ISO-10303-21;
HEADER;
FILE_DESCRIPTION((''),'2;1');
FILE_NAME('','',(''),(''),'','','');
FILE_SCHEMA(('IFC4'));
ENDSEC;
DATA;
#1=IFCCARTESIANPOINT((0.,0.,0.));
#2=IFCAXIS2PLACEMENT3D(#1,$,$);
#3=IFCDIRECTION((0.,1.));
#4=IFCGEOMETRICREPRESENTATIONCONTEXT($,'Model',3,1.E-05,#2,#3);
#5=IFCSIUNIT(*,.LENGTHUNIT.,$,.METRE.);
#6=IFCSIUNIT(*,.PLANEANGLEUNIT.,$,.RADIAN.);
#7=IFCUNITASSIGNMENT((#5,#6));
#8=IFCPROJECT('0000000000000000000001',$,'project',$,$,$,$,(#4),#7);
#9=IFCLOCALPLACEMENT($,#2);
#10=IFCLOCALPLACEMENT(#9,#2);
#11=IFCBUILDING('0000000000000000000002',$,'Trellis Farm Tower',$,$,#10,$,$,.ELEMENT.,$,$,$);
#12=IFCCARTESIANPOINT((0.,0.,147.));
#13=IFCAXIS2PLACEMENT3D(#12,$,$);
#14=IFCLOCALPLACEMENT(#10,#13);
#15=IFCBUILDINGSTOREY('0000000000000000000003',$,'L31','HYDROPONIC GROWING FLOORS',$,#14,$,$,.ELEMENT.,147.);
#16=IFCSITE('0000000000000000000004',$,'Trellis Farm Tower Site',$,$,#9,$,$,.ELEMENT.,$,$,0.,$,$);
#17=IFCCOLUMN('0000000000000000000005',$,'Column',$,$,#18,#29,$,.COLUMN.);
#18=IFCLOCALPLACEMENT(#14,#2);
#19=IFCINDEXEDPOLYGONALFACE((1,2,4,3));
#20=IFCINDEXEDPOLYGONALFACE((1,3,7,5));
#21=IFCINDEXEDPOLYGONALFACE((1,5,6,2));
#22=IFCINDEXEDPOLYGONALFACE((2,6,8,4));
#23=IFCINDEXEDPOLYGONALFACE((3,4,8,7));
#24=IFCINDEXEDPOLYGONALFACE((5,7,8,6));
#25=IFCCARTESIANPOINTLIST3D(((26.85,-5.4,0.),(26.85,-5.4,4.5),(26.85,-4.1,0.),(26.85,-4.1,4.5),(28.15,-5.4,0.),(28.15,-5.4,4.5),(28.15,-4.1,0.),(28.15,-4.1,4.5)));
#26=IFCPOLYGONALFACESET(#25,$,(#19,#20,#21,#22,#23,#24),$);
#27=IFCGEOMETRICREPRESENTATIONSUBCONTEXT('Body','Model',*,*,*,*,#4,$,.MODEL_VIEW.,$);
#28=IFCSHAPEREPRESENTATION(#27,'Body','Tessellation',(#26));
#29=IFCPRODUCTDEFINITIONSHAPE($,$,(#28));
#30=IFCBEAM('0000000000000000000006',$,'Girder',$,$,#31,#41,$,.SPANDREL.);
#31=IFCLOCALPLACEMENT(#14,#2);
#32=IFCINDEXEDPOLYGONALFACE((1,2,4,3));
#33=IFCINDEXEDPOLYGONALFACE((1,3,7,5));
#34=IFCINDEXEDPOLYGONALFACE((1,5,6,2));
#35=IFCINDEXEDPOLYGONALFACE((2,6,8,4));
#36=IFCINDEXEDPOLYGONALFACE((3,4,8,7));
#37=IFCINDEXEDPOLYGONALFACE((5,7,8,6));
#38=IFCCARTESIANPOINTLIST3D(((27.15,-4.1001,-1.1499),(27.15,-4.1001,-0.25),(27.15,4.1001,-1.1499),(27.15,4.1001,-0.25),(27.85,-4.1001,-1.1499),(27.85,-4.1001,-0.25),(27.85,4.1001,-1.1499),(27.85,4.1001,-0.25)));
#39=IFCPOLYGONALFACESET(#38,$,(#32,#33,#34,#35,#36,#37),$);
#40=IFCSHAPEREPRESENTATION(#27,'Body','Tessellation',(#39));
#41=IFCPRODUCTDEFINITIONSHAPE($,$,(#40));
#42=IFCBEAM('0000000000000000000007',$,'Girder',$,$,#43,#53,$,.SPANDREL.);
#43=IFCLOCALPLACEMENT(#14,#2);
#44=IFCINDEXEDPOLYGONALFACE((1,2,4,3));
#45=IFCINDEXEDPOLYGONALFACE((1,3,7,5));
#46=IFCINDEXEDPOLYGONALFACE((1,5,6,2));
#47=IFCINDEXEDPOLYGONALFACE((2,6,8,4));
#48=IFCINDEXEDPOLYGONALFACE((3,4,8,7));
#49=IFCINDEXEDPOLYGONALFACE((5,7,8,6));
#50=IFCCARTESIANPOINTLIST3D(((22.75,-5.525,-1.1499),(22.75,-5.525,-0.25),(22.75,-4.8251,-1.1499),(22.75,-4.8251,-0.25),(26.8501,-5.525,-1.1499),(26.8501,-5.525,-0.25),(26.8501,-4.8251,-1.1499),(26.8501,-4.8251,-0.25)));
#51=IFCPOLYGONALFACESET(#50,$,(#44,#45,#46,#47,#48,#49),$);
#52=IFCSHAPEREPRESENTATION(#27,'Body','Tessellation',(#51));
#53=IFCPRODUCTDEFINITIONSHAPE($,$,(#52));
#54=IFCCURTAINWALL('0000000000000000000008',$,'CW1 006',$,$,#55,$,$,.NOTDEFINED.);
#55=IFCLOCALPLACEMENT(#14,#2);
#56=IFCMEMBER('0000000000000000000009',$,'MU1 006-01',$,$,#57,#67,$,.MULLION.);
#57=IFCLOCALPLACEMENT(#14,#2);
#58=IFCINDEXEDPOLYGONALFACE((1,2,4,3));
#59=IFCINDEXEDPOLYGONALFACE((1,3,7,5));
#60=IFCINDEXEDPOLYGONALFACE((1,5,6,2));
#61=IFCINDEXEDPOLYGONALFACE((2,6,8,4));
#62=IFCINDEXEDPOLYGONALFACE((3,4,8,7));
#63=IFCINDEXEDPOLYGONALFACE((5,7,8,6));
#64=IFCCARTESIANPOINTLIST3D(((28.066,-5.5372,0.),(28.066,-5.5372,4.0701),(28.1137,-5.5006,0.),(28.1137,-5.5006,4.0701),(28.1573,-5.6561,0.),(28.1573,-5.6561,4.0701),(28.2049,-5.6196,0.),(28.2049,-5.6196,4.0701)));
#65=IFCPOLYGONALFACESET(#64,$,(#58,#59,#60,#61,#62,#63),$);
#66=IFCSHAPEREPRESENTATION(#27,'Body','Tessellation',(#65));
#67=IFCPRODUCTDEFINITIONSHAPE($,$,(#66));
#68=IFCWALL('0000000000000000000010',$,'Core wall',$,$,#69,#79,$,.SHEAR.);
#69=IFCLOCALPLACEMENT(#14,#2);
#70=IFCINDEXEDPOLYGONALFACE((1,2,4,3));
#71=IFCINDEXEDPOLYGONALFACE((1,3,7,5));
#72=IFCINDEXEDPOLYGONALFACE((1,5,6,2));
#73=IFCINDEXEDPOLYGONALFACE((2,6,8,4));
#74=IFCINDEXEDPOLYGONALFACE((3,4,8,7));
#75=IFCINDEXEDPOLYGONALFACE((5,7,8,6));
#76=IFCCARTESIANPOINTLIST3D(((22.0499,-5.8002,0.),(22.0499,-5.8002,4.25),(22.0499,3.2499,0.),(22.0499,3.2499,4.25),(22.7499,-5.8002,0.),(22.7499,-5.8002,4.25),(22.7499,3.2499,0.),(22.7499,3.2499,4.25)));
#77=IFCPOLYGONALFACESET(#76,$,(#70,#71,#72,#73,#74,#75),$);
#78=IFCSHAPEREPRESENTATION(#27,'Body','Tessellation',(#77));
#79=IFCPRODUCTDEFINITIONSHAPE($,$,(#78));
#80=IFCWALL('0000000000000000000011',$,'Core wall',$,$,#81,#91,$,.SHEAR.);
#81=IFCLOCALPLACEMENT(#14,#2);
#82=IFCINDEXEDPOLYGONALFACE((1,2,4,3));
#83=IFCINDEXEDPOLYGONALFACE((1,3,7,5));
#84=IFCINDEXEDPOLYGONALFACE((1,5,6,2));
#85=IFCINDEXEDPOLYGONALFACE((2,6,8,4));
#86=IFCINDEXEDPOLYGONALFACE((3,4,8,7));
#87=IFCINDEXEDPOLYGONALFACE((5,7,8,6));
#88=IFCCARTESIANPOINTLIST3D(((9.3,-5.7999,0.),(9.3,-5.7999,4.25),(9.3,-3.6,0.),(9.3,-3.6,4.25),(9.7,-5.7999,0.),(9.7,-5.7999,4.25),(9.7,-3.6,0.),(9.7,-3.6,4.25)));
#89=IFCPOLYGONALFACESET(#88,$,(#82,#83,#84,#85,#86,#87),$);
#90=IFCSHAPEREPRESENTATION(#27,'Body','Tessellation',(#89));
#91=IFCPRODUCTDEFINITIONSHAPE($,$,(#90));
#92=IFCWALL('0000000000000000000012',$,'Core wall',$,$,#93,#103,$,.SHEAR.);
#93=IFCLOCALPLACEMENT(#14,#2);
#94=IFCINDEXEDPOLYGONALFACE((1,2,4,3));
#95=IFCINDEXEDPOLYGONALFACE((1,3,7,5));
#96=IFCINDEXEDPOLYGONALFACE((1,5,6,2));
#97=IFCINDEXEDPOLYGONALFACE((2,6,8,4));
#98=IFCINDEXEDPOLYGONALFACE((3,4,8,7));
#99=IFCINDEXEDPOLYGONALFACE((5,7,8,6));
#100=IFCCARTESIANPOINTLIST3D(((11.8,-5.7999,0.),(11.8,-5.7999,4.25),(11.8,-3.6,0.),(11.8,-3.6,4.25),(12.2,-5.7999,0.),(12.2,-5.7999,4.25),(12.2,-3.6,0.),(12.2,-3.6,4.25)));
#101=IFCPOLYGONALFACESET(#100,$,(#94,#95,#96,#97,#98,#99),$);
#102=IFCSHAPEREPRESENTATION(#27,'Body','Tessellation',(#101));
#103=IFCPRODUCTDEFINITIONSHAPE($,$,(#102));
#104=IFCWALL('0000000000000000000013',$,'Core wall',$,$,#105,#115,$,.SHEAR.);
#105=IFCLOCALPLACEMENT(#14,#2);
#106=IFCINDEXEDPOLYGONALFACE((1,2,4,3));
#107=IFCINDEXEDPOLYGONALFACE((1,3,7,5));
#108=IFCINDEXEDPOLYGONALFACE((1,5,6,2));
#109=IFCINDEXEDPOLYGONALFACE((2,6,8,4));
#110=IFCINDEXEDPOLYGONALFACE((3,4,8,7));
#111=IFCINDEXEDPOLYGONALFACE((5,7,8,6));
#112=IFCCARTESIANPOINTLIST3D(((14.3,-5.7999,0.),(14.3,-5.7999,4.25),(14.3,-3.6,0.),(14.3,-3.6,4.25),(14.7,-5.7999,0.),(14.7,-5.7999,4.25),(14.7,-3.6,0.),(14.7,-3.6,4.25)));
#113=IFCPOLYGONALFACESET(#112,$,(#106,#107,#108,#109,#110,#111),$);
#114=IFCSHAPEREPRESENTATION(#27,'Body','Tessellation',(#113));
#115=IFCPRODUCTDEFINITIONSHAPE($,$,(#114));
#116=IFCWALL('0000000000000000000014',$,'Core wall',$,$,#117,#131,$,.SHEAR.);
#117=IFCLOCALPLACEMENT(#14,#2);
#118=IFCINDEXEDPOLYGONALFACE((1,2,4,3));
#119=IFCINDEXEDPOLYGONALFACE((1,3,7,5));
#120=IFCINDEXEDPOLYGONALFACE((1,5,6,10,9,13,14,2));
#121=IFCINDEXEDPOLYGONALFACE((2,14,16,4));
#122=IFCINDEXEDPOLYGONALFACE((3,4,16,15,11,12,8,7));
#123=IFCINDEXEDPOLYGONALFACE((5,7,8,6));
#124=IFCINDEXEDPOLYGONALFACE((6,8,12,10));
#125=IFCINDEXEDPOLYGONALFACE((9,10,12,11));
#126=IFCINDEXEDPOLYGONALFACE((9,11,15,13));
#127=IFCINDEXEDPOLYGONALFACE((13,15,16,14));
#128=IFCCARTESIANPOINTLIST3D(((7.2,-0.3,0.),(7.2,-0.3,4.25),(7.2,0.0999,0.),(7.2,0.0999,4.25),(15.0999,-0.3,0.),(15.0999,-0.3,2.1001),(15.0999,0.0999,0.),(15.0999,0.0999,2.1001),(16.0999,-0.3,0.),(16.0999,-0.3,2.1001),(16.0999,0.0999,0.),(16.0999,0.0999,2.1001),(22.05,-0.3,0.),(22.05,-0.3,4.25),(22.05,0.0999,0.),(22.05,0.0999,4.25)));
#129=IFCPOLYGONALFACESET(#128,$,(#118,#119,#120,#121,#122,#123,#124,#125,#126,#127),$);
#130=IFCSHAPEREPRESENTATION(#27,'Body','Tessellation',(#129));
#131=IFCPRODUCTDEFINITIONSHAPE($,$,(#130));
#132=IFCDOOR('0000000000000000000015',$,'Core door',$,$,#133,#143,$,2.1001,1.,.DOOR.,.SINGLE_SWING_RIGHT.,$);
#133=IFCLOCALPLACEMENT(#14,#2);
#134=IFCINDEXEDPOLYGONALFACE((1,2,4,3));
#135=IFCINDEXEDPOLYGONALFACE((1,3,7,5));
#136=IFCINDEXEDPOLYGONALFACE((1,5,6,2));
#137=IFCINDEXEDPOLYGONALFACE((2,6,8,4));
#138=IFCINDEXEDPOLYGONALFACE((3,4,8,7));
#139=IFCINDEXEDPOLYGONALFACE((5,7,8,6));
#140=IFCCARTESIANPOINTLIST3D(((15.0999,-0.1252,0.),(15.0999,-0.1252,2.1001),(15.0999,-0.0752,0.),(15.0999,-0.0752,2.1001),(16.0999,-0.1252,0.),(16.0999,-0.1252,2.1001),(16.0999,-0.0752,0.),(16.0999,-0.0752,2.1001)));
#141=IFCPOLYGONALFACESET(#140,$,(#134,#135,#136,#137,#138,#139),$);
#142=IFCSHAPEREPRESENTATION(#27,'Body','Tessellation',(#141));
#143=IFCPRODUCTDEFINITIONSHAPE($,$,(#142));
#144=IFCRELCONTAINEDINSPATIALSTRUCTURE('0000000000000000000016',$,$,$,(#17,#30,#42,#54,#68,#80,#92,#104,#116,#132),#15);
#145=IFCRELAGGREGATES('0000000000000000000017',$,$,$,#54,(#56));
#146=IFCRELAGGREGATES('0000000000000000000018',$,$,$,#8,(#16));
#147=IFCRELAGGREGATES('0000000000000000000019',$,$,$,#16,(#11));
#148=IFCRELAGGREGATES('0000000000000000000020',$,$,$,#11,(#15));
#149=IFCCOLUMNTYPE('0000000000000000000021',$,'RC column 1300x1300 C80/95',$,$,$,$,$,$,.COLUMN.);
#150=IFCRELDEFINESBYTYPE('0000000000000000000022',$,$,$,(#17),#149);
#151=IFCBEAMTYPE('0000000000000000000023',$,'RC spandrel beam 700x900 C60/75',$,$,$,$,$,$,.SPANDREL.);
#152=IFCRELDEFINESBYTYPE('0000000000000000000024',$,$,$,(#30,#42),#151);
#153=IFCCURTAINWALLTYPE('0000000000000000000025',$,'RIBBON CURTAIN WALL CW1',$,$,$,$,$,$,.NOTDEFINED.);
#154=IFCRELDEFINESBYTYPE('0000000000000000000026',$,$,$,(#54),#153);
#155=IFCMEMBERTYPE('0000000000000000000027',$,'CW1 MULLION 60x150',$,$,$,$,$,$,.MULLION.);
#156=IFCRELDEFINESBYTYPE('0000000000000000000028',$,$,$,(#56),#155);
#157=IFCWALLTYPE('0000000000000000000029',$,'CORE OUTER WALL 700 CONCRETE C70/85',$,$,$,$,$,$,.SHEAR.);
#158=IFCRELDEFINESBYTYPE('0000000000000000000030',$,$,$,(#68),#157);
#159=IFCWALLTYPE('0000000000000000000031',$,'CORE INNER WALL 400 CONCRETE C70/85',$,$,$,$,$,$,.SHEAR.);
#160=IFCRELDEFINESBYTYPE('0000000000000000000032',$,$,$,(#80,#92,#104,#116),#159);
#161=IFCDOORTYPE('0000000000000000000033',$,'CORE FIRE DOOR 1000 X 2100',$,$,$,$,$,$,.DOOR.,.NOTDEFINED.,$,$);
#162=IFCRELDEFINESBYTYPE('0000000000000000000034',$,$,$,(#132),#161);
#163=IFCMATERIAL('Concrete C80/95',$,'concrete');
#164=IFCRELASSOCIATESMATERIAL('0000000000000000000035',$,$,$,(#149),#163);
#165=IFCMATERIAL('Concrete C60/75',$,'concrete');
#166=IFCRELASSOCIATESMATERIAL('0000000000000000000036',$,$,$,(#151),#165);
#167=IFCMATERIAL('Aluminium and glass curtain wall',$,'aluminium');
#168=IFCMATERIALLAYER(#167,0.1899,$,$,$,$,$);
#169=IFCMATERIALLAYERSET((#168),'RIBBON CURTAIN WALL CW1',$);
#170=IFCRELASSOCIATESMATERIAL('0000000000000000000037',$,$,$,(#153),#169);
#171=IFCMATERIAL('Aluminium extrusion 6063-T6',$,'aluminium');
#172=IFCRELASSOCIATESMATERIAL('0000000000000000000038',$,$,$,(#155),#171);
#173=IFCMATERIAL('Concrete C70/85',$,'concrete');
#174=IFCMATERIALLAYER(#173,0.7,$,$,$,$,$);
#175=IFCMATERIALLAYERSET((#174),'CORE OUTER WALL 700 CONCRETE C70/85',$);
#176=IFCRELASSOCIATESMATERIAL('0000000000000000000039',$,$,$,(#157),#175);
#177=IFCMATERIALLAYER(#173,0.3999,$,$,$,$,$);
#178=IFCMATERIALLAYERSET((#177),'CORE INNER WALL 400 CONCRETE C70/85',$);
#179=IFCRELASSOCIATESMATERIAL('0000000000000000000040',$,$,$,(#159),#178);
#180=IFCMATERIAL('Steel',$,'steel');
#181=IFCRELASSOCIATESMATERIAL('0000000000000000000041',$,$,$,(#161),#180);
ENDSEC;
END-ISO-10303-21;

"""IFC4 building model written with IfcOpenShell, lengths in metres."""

from ifc_helpers import new_model, si_unit, direction, frame, frame_2d, origin, origin_2d, place, context, subcontext, project, spatial, rectangle, extrude, source, transform, mapped, material, layer, layer_set, material_profile, profile_set, type_object, element, fill, aggregate, save


model = new_model("IFC4")

# Units and contexts
model_context = context("Model", 3, precision=1e-05, world=origin(), true_north=direction((0.0, 1.0)))
body_context = subcontext(model_context, "Body", "Model", "MODEL_VIEW")
ifc_project = project(units=[si_unit("LENGTHUNIT", "METRE"), si_unit("PLANEANGLEUNIT", "RADIAN")], contexts=[model_context])

# Site, building, storey
site_placement = place(None, origin())
site = spatial("IfcSite", under=ifc_project, at=site_placement, Name="Trellis Farm Tower Site", CompositionType="ELEMENT", RefElevation=0.0)
building_placement = place(site_placement, origin())
building = spatial("IfcBuilding", under=site, at=building_placement, Name="Trellis Farm Tower", CompositionType="ELEMENT")
storey_placement = place(building_placement, frame((0.0, 0.0, 147.0)))
storey = spatial("IfcBuildingStorey", under=building, at=storey_placement, Name="L31", Description="HYDROPONIC GROWING FLOORS", CompositionType="ELEMENT", Elevation=147.0)

# Column
ifc_material_1 = material(Name="Concrete C80/95", Category="concrete")
ifc_material_profile_1 = material_profile(ifc_material_1, rectangle(XDim=1.3, YDim=1.3, at=origin_2d()), Name="RC column 1300x1300 C80/95")
ifc_profile_set_1 = profile_set([ifc_material_profile_1], Name="Concrete C80/95")
column_type = type_object("IfcColumnType", Name="RC column 1300x1300 C80/95", PredefinedType="COLUMN", material=ifc_profile_set_1)
shared_shape_1 = source(origin(), body_context, "Body", "SweptSolid", [
    extrude(rectangle(XDim=1.3, YDim=1.3, at=origin_2d()), origin(), (0.0, 0.0, 1.0), 4.5),
])
column_placement = place(storey_placement, frame((27.5, -4.75, 0.0), z_axis=(0.0, 0.0, 1.0), x_axis=(1.0, 0.0, 0.0)))
element("IfcColumn", 1, at=column_placement, inside=storey, type_object=column_type, Name="Column", PredefinedType="COLUMN", context=body_context, shape_type="MappedRepresentation", body=[
    mapped(shared_shape_1, transform((0.0, 0.0, 0.0))),
])

# Beams
ifc_material_2 = material(Name="Concrete C60/75", Category="concrete")
ifc_material_profile_2 = material_profile(ifc_material_2, rectangle(XDim=0.7, YDim=0.8999, at=origin_2d()), Name="RC spandrel beam 700x900 C60/75")
ifc_profile_set_2 = profile_set([ifc_material_profile_2], Name="Concrete C60/75")
beam_type = type_object("IfcBeamType", Name="RC spandrel beam 700x900 C60/75", PredefinedType="SPANDREL", material=ifc_profile_set_2)
shared_shape_2 = source(origin(), body_context, "Body", "SweptSolid", [
    extrude(rectangle(XDim=0.7, YDim=0.8999, at=origin_2d()), origin(), (0.0, 0.0, 1.0), 8.2002),
])
beam_1_placement = place(storey_placement, frame((27.5, -4.1001, -0.7), z_axis=(0.0, 1.0, 0.0), x_axis=(-1.0, 0.0, 0.0)))
element("IfcBeam", 2, at=beam_1_placement, inside=storey, type_object=beam_type, Name="Girder", PredefinedType="SPANDREL", context=body_context, shape_type="MappedRepresentation", body=[
    mapped(shared_shape_2, transform((0.0, 0.0, 0.0))),
])
shared_shape_3 = source(origin(), body_context, "Body", "SweptSolid", [
    extrude(rectangle(XDim=0.7, YDim=0.8999, at=origin_2d()), origin(), (0.0, 0.0, 1.0), 4.1001),
])
beam_2_placement = place(storey_placement, frame((22.75, -5.175, -0.7), z_axis=(1.0, 0.0, 0.0), x_axis=(0.0, 1.0, 0.0)))
element("IfcBeam", 3, at=beam_2_placement, inside=storey, type_object=beam_type, Name="Girder", PredefinedType="SPANDREL", context=body_context, shape_type="MappedRepresentation", body=[
    mapped(shared_shape_3, transform((0.0, 0.0, 0.0))),
])

# Curtain wall, member
ifc_material_3 = material(Name="Aluminium and glass curtain wall", Category="aluminium")
ifc_layer_1 = layer(ifc_material_3, 0.1899)
ifc_layer_set_1 = layer_set([ifc_layer_1], Name="RIBBON CURTAIN WALL CW1")
curtain_wall_type = type_object("IfcCurtainWallType", Name="RIBBON CURTAIN WALL CW1", PredefinedType="NOTDEFINED", material=ifc_layer_set_1)
placement = place(storey_placement, origin())
curtain_wall = element("IfcCurtainWall", 4, at=placement, inside=storey, type_object=curtain_wall_type, Name="CW1 006", PredefinedType="NOTDEFINED")
ifc_material_4 = material(Name="Aluminium extrusion 6063-T6", Category="aluminium")
ifc_material_profile_3 = material_profile(ifc_material_4, rectangle(XDim=0.0601, YDim=0.1499, at=origin_2d()), Name="MULLION 60x150")
ifc_profile_set_3 = profile_set([ifc_material_profile_3], Name="Aluminium extrusion 6063-T6")
member_type = type_object("IfcMemberType", Name="CW1 MULLION 60x150", PredefinedType="MULLION", material=ifc_profile_set_3)
shared_shape_4 = source(origin(), body_context, "Body", "SweptSolid", [
    extrude(rectangle(XDim=0.0601, YDim=0.1499, at=origin_2d()), origin(), (0.0, 0.0, 1.0), 4.0701),
])
member_placement = place(storey_placement, frame((28.1355, -5.5784, 0.0), z_axis=(0.0, 0.0, 1.0), x_axis=(0.793353, 0.608761, 0.0)))
member = element("IfcMember", 5, at=member_placement, type_object=member_type, Name="MU1 006-01", PredefinedType="MULLION", context=body_context, shape_type="MappedRepresentation", body=[
    mapped(shared_shape_4, transform((0.0, 0.0, 0.0))),
])
aggregate(curtain_wall, [member])

# Walls
ifc_material_5 = material(Name="Concrete C70/85", Category="concrete")
ifc_layer_2 = layer(ifc_material_5, 0.7)
ifc_layer_set_2 = layer_set([ifc_layer_2], Name="CORE OUTER WALL 700 CONCRETE C70/85")
wall_type_1 = type_object("IfcWallType", Name="CORE OUTER WALL 700 CONCRETE C70/85", PredefinedType="SHEAR", material=ifc_layer_set_2)
shared_shape_5 = source(origin(), body_context, "Body", "SweptSolid", [
    extrude(rectangle(XDim=9.05, YDim=0.7, at=frame_2d((4.5249, 0.0))), origin(), (0.0, 0.0, 1.0), 4.25),
])
wall_1_placement = place(storey_placement, frame((22.3999, -5.8, 0.0), z_axis=(0.0, 0.0, 1.0), x_axis=(0.0, 1.0, 0.0)))
element("IfcWall", 6, at=wall_1_placement, inside=storey, type_object=wall_type_1, Name="Core wall", PredefinedType="SHEAR", context=body_context, shape_type="MappedRepresentation", body=[
    mapped(shared_shape_5, transform((0.0, 0.0, 0.0))),
])
ifc_layer_3 = layer(ifc_material_5, 0.3999)
ifc_layer_set_3 = layer_set([ifc_layer_3], Name="CORE INNER WALL 400 CONCRETE C70/85")
wall_type_2 = type_object("IfcWallType", Name="CORE INNER WALL 400 CONCRETE C70/85", PredefinedType="SHEAR", material=ifc_layer_set_3)
shared_shape_6 = source(origin(), body_context, "Body", "SweptSolid", [
    extrude(rectangle(XDim=2.2, YDim=0.3999, at=frame_2d((1.1001, 0.0))), origin(), (0.0, 0.0, 1.0), 4.25),
])
for number, where, z_axis, x_axis, name in (
    (7, (9.5, -5.8, 0.0), (0.0, 0.0, 1.0), (0.0, 1.0, 0.0), "Core wall"),
    (8, (12.0, -5.8, 0.0), (0.0, 0.0, 1.0), (0.0, 1.0, 0.0), "Core wall"),
    (9, (14.5, -5.8, 0.0), (0.0, 0.0, 1.0), (0.0, 1.0, 0.0), "Core wall"),
):
    element("IfcWall", number, at=place(storey_placement, frame(where, z_axis=z_axis, x_axis=x_axis)), inside=storey, type_object=wall_type_2, Name=name, PredefinedType="SHEAR", context=body_context, shape_type="MappedRepresentation", body=[
        mapped(shared_shape_6, transform((0.0, 0.0, 0.0))),
    ])

# Wall, opening, door
shared_shape_7 = source(origin(), body_context, "Body", "SweptSolid", [
    extrude(rectangle(XDim=14.8501, YDim=0.3999, at=frame_2d((7.425, 0.0))), origin(), (0.0, 0.0, 1.0), 4.25),
])
wall_2_placement = place(storey_placement, frame((7.2, -0.1001, 0.0), z_axis=(0.0, 0.0, 1.0), x_axis=(1.0, 0.0, 0.0)))
wall_2 = element("IfcWall", 10, at=wall_2_placement, inside=storey, type_object=wall_type_2, Name="Core wall", PredefinedType="SHEAR", context=body_context, shape_type="MappedRepresentation", body=[
    mapped(shared_shape_7, transform((0.0, 0.0, 0.0))),
])
shared_shape_8 = source(origin(), body_context, "Body", "SweptSolid", [
    extrude(rectangle(XDim=1.0, YDim=2.1001, at=frame_2d((0.5, 1.05))), frame((0.0, 0.21, 0.0), z_axis=(0.0, -1.0, 0.0), x_axis=(1.0, 0.0, 0.0)), (0.0, 0.0, 1.0), 0.4199),
])
opening_1_placement = place(wall_2_placement, frame((7.8999, 0.0, 0.0)))
opening_1 = element("IfcOpeningElement", 11, at=opening_1_placement, cuts=wall_2, PredefinedType="OPENING", context=body_context, shape_type="MappedRepresentation", body=[
    mapped(shared_shape_8, transform((0.0, 0.0, 0.0))),
])
ifc_material_6 = material(Name="Steel", Category="steel")
door_type_1 = type_object("IfcDoorType", Name="CORE FIRE DOOR 1000 X 2100", OperationType="NOTDEFINED", PredefinedType="DOOR", material=ifc_material_6)
shared_shape_9 = source(origin(), body_context, "Body", "SweptSolid", [
    extrude(rectangle(XDim=1.0, YDim=2.1001, at=frame_2d((0.5, 1.05))), frame((0.0, 0.0249, 0.0), z_axis=(0.0, -1.0, 0.0), x_axis=(1.0, 0.0, 0.0)), (0.0, 0.0, 1.0), 0.05),
])
door_1_placement = place(opening_1_placement, origin())
door_1 = element("IfcDoor", 12, at=door_1_placement, inside=storey, type_object=door_type_1, Name="Core door", OperationType="SINGLE_SWING_RIGHT", OverallHeight=2.1001, OverallWidth=1.0, PredefinedType="DOOR", context=body_context, shape_type="MappedRepresentation", body=[
    mapped(shared_shape_9, transform((0.0, 0.0, 0.0))),
])
fill(opening_1, door_1)

save(model, "model.ifc")
